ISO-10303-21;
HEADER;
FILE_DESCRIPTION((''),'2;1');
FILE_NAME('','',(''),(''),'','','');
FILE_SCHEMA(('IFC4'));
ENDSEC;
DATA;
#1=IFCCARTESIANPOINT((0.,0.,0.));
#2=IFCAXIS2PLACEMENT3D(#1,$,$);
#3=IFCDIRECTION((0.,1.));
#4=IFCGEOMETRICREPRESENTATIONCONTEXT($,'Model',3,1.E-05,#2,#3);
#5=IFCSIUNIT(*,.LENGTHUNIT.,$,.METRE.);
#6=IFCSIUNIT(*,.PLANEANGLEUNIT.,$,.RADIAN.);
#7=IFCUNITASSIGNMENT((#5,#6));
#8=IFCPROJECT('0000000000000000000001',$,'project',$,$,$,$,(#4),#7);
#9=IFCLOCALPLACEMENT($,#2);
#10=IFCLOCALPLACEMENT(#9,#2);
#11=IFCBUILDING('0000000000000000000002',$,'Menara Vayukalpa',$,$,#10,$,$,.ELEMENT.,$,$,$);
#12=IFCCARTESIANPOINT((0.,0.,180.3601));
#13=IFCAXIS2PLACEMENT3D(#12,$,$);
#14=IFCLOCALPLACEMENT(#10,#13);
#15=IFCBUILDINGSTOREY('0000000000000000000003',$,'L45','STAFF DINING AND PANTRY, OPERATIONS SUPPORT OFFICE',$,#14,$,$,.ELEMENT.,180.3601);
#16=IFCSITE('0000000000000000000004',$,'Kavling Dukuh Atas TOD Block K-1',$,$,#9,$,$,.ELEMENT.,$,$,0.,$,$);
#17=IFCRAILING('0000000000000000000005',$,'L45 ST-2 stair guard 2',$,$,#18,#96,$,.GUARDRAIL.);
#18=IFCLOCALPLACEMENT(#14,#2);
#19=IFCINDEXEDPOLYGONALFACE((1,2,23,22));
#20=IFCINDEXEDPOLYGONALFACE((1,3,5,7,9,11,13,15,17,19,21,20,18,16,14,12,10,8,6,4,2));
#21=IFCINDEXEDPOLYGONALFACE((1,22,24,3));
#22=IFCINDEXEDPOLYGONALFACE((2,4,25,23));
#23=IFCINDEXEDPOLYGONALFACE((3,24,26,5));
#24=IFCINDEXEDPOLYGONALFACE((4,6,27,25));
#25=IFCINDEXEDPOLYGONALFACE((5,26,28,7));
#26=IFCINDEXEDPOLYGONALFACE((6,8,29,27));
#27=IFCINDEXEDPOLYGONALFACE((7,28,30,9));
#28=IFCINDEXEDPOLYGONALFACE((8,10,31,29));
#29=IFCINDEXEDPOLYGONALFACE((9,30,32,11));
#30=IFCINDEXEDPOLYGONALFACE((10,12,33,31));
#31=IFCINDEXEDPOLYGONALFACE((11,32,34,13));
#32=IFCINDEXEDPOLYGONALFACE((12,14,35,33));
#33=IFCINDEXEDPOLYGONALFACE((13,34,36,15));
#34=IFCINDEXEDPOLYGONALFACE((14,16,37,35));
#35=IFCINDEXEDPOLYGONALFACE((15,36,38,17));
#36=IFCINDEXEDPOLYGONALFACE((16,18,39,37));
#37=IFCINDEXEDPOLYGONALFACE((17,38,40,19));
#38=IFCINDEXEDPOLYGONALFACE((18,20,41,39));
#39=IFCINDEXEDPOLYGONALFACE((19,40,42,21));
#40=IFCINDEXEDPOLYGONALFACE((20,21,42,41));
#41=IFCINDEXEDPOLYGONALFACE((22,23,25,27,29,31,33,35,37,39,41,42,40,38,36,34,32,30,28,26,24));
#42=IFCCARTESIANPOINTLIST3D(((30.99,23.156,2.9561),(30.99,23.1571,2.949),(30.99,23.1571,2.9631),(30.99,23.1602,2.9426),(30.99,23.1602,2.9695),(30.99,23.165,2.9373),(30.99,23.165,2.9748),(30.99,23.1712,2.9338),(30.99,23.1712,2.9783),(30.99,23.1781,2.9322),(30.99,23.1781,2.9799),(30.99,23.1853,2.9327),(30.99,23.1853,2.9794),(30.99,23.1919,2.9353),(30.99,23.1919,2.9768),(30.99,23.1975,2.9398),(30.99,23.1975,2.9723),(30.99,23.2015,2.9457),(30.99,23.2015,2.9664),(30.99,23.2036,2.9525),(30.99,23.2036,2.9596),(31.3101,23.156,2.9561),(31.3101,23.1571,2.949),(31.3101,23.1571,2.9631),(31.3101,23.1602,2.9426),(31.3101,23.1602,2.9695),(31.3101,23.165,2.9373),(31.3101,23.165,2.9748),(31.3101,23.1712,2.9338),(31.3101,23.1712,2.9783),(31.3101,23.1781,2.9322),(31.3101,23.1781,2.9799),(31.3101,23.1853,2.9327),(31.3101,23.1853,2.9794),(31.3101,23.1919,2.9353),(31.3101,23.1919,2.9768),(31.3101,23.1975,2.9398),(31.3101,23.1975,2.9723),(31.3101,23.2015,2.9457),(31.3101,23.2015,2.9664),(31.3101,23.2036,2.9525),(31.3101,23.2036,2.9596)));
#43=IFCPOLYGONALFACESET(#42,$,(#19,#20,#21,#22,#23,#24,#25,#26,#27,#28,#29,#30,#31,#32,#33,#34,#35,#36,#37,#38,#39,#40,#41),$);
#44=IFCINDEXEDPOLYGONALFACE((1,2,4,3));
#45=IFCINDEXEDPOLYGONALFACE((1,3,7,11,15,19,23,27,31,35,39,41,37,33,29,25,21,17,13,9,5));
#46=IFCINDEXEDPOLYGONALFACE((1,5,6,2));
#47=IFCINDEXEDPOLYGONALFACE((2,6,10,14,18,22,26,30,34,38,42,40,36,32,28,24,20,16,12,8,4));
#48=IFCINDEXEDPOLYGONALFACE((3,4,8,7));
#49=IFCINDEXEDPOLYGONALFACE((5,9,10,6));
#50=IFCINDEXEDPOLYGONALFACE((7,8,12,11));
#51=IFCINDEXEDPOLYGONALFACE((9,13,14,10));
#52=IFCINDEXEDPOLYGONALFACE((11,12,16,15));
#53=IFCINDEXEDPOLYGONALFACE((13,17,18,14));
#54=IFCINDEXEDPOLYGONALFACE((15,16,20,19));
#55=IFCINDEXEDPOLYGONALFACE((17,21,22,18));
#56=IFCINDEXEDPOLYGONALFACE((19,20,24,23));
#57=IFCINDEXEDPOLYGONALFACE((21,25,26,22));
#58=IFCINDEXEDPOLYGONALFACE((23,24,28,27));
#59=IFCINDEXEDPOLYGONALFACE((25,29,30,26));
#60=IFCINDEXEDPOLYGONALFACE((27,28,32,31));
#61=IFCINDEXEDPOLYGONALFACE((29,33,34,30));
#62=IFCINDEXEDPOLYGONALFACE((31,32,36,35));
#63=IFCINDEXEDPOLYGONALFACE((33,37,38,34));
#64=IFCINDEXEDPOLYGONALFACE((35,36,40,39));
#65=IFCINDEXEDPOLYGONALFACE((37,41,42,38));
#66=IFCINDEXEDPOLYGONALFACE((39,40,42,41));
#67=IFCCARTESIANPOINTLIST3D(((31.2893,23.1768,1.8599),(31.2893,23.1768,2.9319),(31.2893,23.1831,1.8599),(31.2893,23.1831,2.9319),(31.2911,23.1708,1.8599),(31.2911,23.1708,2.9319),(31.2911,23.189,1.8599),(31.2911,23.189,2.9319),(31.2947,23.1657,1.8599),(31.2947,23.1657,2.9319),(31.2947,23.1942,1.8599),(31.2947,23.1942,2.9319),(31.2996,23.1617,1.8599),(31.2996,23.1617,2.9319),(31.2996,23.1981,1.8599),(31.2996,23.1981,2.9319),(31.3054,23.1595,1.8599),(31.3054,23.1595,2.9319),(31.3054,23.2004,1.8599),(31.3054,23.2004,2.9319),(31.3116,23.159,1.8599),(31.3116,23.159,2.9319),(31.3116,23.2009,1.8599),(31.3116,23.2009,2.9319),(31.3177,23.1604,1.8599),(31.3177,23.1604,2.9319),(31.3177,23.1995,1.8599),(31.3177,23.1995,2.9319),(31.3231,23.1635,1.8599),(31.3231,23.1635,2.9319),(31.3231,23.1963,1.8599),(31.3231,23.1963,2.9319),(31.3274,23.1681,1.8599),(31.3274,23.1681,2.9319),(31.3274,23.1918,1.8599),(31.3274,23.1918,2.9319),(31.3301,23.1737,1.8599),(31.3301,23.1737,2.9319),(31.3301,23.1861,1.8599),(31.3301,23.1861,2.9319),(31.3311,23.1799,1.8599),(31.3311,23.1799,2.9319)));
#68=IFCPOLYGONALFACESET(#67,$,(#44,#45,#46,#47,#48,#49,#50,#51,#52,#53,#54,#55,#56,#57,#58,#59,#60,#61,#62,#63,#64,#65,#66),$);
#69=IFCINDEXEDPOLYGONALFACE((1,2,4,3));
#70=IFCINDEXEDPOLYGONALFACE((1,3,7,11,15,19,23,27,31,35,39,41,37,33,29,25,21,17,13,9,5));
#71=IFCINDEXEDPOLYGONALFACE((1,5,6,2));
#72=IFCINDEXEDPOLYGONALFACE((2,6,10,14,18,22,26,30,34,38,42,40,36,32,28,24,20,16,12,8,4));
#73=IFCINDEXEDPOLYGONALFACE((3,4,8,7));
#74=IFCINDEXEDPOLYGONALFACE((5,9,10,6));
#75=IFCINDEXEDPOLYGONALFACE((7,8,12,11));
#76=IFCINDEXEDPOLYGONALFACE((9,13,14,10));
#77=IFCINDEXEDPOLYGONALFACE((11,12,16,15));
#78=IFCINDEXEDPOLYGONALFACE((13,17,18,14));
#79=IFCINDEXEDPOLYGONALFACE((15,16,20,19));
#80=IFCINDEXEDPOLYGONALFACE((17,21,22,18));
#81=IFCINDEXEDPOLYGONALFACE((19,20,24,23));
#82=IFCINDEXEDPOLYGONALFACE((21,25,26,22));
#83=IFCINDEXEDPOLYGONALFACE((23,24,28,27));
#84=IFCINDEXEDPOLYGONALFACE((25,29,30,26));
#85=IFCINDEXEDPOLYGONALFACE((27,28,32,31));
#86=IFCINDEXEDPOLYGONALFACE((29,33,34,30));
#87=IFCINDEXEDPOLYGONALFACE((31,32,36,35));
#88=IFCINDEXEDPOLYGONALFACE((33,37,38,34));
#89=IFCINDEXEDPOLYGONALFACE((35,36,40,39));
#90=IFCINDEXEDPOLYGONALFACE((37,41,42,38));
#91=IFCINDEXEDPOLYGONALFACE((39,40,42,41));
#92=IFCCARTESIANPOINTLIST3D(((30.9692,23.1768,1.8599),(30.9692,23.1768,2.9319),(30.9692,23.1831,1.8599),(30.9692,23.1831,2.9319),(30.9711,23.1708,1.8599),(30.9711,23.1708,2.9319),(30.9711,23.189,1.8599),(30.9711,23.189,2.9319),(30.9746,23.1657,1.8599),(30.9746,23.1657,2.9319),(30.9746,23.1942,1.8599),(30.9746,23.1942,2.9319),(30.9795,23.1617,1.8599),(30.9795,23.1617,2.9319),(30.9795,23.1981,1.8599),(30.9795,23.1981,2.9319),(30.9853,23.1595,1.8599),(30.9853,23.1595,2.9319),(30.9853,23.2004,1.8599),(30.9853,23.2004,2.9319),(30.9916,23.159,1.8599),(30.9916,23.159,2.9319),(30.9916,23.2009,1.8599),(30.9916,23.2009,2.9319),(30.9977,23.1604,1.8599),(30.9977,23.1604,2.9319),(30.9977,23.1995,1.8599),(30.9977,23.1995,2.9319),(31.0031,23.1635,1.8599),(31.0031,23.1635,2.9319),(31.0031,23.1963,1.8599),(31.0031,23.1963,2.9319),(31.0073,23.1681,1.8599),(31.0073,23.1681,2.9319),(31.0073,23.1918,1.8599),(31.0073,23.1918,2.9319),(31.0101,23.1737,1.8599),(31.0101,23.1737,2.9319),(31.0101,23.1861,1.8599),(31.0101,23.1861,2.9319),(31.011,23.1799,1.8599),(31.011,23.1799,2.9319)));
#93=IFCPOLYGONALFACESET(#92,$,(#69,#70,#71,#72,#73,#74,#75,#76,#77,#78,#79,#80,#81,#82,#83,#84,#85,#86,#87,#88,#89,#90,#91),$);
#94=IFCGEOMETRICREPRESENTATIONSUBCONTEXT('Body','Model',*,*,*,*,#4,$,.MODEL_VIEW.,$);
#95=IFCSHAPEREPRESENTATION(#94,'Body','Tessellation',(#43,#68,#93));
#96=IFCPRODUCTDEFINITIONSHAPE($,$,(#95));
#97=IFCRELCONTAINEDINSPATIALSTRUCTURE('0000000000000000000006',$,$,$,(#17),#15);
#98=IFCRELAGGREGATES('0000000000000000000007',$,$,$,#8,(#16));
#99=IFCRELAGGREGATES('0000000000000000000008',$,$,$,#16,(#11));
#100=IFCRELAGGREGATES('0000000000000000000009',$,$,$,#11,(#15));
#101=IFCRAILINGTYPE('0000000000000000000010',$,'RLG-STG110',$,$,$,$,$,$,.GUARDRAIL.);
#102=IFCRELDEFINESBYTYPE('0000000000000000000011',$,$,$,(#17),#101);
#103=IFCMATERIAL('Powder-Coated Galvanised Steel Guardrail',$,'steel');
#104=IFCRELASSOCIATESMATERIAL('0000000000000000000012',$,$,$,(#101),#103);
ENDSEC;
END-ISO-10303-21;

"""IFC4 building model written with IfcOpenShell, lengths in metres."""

from ifc_helpers import new_model, si_unit, direction, frame, origin, origin_2d, place, context, subcontext, project, spatial, circle, extrude, material, type_object, element, save


model = new_model("IFC4")

# Units and contexts
model_context = context("Model", 3, precision=1e-05, world=origin(), true_north=direction((0.0, 1.0)))
body_context = subcontext(model_context, "Body", "Model", "MODEL_VIEW")
ifc_project = project(units=[si_unit("LENGTHUNIT", "METRE"), si_unit("PLANEANGLEUNIT", "RADIAN")], contexts=[model_context])

# Site, building, storey
site_placement = place(None, origin())
site = spatial("IfcSite", under=ifc_project, at=site_placement, Name="Kavling Dukuh Atas TOD Block K-1", CompositionType="ELEMENT", RefElevation=0.0)
building_placement = place(site_placement, origin())
building = spatial("IfcBuilding", under=site, at=building_placement, Name="Menara Vayukalpa", CompositionType="ELEMENT")
storey_placement = place(building_placement, frame((0.0, 0.0, 180.3601)))
storey = spatial("IfcBuildingStorey", under=building, at=storey_placement, Name="L45", Description="STAFF DINING AND PANTRY, OPERATIONS SUPPORT OFFICE", CompositionType="ELEMENT", Elevation=180.3601)

# Railing
ifc_material_1 = material(Name="Powder-Coated Galvanised Steel Guardrail", Category="steel")
railing_type_1 = type_object("IfcRailingType", Name="RLG-STG110", PredefinedType="GUARDRAIL", material=ifc_material_1)
railing_1_placement = place(storey_placement, frame((31.3101, 23.1799, 1.8599)))
element("IfcRailing", 1, at=railing_1_placement, inside=storey, type_object=railing_type_1, Name="L45 ST-2 stair guard 2", PredefinedType="GUARDRAIL", context=body_context, shape_type="SweptSolid", body=[
    extrude(circle(Radius=0.0239, at=origin_2d()), frame((0.0, 0.0, 1.0962), z_axis=(-1.0, 0.0, 0.0), x_axis=(0.0, -1.0, 0.0)), (0.0, 0.0, 1.0), 0.3201),
    extrude(circle(Radius=0.021, at=origin_2d()), origin(), (0.0, 0.0, 1.0), 1.072),
    extrude(circle(Radius=0.021, at=origin_2d()), frame((-0.3201, 0.0, 0.0)), (0.0, 0.0, 1.0), 1.072),
])

save(model, "model.ifc")
